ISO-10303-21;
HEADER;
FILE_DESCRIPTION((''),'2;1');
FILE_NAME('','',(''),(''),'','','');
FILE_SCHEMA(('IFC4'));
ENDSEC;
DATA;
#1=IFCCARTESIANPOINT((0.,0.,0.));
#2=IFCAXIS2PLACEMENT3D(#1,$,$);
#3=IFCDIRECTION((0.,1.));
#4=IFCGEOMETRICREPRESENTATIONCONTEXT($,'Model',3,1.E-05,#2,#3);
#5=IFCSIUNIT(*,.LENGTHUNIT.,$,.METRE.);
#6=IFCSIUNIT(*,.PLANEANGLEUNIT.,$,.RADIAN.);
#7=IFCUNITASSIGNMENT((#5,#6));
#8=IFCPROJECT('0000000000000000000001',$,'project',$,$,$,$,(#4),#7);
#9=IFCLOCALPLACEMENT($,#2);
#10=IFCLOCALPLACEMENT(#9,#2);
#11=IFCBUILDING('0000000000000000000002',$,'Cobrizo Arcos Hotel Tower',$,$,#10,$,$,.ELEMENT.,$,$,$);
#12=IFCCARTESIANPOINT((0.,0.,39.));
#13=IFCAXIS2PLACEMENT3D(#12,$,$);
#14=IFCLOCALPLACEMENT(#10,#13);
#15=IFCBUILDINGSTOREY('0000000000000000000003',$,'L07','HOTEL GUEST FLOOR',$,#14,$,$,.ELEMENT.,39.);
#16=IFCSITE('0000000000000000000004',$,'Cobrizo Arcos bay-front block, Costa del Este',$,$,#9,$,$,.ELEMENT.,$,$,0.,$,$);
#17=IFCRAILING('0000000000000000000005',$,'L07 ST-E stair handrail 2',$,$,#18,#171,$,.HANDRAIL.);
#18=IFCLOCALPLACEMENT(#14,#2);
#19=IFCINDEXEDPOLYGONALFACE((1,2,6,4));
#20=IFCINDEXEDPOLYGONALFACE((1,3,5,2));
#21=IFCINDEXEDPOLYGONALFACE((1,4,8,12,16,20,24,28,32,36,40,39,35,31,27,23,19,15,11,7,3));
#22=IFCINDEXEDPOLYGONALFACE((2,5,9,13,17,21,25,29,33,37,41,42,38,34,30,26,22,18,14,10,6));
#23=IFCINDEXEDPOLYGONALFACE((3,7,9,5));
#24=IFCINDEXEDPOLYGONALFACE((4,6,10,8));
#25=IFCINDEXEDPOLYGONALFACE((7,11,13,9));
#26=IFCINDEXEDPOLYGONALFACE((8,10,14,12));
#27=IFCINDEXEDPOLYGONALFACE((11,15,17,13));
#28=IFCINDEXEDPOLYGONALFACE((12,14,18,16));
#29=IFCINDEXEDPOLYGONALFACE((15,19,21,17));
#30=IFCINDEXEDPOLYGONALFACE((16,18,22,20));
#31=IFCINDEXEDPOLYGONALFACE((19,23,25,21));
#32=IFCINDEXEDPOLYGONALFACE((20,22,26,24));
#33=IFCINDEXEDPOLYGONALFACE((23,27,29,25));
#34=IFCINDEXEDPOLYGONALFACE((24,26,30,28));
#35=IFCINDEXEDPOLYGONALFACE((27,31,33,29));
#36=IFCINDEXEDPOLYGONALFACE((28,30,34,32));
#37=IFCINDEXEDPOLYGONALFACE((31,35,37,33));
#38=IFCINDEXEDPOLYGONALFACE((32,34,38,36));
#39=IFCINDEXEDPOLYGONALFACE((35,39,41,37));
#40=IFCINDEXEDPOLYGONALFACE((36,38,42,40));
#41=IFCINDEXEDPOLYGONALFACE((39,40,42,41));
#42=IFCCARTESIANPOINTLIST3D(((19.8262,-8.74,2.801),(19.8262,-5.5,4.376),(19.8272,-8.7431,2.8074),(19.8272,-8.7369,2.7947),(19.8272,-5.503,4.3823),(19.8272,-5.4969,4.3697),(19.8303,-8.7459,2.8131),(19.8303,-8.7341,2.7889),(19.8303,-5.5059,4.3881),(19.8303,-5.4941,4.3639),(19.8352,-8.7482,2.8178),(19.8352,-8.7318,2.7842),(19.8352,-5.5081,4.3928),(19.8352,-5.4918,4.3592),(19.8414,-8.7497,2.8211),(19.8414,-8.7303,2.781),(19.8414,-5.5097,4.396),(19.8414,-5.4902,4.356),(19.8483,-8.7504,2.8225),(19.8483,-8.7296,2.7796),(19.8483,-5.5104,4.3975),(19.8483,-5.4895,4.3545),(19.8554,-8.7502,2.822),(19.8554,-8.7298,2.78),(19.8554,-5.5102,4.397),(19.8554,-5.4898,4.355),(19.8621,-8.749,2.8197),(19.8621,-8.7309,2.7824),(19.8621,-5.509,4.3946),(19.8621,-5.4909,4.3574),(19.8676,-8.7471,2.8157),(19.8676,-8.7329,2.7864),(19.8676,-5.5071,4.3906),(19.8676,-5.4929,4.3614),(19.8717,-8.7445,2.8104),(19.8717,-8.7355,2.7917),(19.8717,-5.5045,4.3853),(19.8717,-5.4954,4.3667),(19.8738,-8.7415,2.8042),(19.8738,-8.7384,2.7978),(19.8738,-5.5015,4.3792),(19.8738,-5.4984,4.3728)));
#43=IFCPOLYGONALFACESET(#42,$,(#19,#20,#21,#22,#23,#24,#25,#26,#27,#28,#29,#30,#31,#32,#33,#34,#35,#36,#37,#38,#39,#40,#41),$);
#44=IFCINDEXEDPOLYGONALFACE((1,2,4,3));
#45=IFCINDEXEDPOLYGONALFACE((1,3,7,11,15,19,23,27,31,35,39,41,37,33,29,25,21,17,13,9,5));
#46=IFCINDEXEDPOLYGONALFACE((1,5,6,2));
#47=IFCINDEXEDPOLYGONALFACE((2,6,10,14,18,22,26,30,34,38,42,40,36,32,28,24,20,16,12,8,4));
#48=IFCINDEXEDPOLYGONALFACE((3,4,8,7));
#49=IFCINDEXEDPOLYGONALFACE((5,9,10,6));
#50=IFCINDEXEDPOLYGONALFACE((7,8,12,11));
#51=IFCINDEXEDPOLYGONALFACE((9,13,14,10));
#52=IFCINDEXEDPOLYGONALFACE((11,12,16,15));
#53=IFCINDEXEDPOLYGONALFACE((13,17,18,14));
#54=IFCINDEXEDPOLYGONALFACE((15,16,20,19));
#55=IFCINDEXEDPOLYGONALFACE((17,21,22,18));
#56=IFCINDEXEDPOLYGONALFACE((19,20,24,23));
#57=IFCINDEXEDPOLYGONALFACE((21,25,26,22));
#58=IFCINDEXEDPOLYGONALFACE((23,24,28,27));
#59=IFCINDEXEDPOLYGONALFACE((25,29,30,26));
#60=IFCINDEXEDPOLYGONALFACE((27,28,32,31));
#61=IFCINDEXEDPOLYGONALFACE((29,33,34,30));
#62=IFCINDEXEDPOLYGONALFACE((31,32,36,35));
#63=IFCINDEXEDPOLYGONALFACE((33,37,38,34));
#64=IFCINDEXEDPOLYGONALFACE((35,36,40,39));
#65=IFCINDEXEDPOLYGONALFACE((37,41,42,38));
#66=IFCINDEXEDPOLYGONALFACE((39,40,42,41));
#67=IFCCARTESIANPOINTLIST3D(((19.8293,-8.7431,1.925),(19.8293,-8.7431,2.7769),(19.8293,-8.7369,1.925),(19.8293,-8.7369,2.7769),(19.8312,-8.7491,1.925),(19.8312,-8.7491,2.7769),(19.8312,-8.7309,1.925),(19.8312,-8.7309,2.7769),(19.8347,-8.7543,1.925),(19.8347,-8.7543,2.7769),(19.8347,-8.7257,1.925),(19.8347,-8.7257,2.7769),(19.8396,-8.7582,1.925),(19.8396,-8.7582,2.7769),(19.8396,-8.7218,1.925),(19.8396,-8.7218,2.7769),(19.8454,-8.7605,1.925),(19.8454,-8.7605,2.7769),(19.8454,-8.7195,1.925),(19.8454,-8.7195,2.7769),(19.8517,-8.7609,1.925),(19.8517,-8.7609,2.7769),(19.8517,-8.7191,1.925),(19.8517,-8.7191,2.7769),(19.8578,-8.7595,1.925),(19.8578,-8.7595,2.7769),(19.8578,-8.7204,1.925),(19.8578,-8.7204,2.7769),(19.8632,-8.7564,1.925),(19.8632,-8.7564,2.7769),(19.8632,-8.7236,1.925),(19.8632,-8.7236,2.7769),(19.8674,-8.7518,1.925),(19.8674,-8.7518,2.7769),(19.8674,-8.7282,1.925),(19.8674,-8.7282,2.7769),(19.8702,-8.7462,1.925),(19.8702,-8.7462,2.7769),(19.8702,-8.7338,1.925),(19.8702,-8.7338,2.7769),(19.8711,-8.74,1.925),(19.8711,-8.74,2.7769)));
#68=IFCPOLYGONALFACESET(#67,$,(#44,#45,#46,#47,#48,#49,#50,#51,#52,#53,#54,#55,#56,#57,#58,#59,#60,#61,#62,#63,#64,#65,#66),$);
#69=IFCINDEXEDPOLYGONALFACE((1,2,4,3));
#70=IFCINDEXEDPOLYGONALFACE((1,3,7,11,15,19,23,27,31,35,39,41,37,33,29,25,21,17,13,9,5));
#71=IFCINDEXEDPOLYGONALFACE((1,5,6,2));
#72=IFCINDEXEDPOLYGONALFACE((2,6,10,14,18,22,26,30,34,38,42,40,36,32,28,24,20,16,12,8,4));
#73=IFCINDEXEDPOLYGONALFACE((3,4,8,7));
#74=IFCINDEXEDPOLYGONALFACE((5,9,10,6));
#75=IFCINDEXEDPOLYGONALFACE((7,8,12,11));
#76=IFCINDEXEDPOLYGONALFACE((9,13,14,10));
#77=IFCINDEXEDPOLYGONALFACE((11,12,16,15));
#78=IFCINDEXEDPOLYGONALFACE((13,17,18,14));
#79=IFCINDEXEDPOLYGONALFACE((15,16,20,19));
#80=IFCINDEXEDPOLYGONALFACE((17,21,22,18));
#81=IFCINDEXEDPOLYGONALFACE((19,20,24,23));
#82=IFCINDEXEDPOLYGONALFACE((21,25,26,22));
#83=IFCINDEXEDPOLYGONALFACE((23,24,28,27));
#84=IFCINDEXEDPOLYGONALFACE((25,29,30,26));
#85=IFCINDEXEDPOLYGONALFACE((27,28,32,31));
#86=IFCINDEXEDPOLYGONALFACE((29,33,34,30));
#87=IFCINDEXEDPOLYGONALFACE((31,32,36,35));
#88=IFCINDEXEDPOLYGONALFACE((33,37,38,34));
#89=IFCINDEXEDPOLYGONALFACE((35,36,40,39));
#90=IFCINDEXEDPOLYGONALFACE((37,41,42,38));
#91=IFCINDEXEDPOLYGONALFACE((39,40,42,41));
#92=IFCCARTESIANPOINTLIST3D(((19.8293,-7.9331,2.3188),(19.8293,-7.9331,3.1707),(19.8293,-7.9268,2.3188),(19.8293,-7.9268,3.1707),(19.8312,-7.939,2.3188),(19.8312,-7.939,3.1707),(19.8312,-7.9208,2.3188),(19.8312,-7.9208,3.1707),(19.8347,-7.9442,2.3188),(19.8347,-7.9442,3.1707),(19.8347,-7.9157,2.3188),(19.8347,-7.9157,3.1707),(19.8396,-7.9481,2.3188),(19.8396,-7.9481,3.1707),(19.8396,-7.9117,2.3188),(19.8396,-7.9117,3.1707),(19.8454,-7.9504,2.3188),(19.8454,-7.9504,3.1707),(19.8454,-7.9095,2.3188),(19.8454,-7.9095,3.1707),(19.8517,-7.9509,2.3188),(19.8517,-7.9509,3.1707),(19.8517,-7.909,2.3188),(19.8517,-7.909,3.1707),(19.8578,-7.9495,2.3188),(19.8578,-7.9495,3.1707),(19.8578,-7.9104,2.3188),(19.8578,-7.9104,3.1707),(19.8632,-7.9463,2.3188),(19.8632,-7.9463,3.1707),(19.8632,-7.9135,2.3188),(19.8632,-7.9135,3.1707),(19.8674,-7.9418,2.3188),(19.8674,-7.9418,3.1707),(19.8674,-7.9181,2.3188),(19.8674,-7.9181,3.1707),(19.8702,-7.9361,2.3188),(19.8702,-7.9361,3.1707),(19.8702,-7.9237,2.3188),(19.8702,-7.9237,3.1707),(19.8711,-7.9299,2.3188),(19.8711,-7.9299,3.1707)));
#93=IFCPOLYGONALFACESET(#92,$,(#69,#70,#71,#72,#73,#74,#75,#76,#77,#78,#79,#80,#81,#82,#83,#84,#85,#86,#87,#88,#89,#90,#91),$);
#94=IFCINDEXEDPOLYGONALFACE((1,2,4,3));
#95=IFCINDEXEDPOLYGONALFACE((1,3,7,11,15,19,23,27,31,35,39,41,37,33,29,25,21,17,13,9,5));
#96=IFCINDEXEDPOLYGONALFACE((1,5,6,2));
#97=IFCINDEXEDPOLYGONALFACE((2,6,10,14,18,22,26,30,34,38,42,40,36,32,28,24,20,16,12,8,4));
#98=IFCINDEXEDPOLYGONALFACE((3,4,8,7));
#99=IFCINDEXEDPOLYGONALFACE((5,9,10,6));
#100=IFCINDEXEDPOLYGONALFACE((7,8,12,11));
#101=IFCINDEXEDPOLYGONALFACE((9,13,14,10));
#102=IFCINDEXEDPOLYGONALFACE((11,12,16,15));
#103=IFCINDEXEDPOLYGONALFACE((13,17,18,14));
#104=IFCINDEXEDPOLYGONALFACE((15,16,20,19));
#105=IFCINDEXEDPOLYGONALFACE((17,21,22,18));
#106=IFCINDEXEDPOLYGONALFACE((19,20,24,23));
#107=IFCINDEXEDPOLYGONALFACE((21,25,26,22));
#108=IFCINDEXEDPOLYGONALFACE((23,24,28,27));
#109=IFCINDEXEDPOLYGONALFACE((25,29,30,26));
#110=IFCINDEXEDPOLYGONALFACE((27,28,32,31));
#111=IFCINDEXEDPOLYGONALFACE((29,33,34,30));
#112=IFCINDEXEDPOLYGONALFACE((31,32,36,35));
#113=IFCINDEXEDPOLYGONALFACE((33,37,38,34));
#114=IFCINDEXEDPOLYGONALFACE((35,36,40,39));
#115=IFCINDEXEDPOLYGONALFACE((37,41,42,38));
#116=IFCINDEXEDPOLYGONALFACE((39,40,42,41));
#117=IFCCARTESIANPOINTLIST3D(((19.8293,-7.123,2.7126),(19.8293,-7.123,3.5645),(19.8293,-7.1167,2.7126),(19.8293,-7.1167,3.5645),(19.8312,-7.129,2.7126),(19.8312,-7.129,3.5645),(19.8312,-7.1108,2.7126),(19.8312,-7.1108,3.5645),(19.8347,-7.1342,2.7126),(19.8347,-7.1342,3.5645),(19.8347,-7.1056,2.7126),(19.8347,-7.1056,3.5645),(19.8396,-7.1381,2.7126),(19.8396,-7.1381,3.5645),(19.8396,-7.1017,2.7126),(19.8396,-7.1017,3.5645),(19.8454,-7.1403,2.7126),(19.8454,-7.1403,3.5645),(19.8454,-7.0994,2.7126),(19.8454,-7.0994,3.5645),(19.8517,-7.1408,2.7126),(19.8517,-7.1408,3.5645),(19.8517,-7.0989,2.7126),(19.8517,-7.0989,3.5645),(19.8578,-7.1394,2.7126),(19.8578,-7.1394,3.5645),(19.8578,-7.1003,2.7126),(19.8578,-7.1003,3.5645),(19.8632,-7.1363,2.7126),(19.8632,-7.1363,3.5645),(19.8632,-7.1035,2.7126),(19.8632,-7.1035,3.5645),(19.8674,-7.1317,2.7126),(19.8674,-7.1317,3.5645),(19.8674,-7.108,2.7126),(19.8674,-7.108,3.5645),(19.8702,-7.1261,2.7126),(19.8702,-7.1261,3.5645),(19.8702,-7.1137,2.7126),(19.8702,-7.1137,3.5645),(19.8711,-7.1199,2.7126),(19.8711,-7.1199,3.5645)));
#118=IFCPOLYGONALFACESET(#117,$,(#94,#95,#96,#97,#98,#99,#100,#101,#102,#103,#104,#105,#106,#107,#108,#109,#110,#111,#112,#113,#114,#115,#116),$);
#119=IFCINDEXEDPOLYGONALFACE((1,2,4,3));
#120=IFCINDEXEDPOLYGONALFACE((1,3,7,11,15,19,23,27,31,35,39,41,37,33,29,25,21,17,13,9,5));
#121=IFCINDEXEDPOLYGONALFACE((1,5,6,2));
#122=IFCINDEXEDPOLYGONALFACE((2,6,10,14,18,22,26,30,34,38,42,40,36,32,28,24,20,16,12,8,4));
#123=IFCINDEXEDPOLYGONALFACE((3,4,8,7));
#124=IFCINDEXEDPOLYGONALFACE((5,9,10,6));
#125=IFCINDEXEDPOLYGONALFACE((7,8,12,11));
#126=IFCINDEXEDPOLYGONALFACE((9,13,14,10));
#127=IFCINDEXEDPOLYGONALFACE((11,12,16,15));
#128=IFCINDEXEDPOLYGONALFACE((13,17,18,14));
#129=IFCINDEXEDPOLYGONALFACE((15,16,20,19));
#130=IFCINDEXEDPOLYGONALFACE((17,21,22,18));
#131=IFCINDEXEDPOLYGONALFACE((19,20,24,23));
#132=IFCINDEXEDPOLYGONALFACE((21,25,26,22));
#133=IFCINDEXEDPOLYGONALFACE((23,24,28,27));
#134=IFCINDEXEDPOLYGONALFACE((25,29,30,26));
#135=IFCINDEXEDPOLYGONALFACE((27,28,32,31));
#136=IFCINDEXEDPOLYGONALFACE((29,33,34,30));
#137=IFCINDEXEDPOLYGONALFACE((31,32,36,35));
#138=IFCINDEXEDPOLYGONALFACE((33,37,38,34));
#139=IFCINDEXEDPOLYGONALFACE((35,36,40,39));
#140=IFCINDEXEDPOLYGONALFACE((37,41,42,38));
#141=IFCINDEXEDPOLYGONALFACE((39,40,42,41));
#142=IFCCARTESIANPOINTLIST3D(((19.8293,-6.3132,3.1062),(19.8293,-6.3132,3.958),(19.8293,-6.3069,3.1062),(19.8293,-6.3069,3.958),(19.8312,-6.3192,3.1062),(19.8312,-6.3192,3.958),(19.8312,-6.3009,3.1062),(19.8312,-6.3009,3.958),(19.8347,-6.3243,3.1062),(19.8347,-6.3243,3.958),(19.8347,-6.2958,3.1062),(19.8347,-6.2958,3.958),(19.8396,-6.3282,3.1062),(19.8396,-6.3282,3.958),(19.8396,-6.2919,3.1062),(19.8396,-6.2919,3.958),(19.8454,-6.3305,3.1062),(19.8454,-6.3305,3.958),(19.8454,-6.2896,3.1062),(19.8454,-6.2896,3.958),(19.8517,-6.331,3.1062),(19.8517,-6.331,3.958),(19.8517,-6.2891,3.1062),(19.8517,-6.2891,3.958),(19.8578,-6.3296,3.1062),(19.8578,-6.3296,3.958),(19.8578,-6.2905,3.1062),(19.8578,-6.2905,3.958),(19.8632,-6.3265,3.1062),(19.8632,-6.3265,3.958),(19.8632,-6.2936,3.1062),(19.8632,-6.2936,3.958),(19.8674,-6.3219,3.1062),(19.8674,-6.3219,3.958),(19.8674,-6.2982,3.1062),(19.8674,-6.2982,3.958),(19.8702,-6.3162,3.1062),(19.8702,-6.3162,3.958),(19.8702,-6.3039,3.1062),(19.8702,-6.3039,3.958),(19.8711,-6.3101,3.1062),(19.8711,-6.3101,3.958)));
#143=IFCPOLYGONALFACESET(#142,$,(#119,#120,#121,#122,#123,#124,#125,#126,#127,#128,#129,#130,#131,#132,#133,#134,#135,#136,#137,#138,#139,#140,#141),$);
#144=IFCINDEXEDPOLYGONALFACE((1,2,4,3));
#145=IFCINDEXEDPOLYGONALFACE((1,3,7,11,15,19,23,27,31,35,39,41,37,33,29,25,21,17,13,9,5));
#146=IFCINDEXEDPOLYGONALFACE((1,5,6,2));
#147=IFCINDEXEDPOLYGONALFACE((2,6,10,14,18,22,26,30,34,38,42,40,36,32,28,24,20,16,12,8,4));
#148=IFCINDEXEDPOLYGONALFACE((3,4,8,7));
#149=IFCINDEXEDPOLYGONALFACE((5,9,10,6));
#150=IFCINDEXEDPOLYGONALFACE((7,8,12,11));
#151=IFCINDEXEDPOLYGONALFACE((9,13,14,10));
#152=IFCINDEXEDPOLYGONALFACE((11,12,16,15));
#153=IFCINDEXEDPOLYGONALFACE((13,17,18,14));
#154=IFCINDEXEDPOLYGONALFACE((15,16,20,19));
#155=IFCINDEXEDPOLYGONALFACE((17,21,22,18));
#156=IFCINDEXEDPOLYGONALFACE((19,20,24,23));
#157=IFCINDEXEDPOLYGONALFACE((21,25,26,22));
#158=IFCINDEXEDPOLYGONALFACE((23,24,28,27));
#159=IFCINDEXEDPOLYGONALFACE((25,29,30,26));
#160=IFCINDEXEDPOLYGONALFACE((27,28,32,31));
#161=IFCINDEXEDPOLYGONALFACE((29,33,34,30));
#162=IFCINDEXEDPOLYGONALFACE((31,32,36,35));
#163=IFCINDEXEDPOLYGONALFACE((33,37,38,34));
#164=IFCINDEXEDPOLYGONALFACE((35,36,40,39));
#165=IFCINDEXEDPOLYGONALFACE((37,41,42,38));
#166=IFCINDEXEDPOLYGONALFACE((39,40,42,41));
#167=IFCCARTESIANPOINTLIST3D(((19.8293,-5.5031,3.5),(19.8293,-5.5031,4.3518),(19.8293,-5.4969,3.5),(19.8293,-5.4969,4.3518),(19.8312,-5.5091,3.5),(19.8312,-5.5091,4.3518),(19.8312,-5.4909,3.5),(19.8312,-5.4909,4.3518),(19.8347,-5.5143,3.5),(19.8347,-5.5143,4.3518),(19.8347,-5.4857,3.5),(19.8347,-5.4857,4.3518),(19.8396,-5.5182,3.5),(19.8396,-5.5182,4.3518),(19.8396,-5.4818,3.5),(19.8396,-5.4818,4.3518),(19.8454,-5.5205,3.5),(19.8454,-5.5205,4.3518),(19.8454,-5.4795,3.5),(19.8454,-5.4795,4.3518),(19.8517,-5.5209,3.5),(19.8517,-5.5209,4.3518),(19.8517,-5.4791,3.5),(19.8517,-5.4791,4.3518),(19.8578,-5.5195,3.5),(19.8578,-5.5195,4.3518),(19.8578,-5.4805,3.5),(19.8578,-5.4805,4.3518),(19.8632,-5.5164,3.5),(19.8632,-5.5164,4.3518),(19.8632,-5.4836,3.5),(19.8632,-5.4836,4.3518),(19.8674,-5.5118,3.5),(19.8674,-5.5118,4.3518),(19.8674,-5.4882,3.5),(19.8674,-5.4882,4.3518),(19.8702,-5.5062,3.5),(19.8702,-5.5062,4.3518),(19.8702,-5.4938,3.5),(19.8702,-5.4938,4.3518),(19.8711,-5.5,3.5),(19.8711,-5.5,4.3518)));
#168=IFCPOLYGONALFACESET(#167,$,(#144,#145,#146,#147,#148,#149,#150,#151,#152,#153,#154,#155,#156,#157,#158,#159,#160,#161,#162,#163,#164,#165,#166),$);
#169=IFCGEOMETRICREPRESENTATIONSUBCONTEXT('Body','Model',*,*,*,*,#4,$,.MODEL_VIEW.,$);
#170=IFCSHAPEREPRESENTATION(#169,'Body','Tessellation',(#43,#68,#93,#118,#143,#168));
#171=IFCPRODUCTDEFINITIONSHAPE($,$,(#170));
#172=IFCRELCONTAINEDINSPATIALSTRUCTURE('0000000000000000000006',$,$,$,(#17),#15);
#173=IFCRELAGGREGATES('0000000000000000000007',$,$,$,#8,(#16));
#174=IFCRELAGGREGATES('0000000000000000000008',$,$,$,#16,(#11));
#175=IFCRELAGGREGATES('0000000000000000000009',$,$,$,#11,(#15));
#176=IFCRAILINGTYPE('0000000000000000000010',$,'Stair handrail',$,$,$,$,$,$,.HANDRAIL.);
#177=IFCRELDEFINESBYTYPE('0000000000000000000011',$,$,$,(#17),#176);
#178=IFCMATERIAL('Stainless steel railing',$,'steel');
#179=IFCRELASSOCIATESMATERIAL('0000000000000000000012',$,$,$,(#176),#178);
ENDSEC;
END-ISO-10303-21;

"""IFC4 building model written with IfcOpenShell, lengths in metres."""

from ifc_helpers import new_model, si_unit, direction, frame, origin, origin_2d, place, context, subcontext, project, spatial, circle, extrude, material, type_object, element, save


model = new_model("IFC4")

# Units and contexts
model_context = context("Model", 3, precision=1e-05, world=origin(), true_north=direction((0.0, 1.0)))
body_context = subcontext(model_context, "Body", "Model", "MODEL_VIEW")
ifc_project = project(units=[si_unit("LENGTHUNIT", "METRE"), si_unit("PLANEANGLEUNIT", "RADIAN")], contexts=[model_context])

# Site, building, storey
site_placement = place(None, origin())
site = spatial("IfcSite", under=ifc_project, at=site_placement, Name="Cobrizo Arcos bay-front block, Costa del Este", CompositionType="ELEMENT", RefElevation=0.0)
building_placement = place(site_placement, origin())
building = spatial("IfcBuilding", under=site, at=building_placement, Name="Cobrizo Arcos Hotel Tower", CompositionType="ELEMENT")
storey_placement = place(building_placement, frame((0.0, 0.0, 39.0)))
storey = spatial("IfcBuildingStorey", under=building, at=storey_placement, Name="L07", Description="HOTEL GUEST FLOOR", CompositionType="ELEMENT", Elevation=39.0)

# Railing
ifc_material_1 = material(Name="Stainless steel railing", Category="steel")
railing_type_1 = type_object("IfcRailingType", Name="Stair handrail", PredefinedType="HANDRAIL", material=ifc_material_1)
railing_1_placement = place(storey_placement, frame((19.8501, -8.74, 1.925)))
element("IfcRailing", 1, at=railing_1_placement, inside=storey, type_object=railing_type_1, Name="L07 ST-E stair handrail 2", PredefinedType="HANDRAIL", context=body_context, shape_type="SweptSolid", body=[
    extrude(circle(Radius=0.0239, at=origin_2d()), frame((0.0, 0.0, 0.876), z_axis=(0.0, 0.899373, 0.437183), x_axis=(-1.0, 0.0, 0.0)), (0.0, 0.0, 1.0), 3.6025),
    extrude(circle(Radius=0.021, at=origin_2d()), origin(), (0.0, 0.0, 1.0), 0.8518),
    extrude(circle(Radius=0.021, at=origin_2d()), frame((0.0, 0.8101, 0.3938)), (0.0, 0.0, 1.0), 0.8518),
    extrude(circle(Radius=0.021, at=origin_2d()), frame((0.0, 1.6201, 0.7876)), (0.0, 0.0, 1.0), 0.8518),
    extrude(circle(Radius=0.021, at=origin_2d()), frame((0.0, 2.4299, 1.1812)), (0.0, 0.0, 1.0), 0.8518),
    extrude(circle(Radius=0.021, at=origin_2d()), frame((0.0, 3.24, 1.575)), (0.0, 0.0, 1.0), 0.8518),
])

save(model, "model.ifc")
